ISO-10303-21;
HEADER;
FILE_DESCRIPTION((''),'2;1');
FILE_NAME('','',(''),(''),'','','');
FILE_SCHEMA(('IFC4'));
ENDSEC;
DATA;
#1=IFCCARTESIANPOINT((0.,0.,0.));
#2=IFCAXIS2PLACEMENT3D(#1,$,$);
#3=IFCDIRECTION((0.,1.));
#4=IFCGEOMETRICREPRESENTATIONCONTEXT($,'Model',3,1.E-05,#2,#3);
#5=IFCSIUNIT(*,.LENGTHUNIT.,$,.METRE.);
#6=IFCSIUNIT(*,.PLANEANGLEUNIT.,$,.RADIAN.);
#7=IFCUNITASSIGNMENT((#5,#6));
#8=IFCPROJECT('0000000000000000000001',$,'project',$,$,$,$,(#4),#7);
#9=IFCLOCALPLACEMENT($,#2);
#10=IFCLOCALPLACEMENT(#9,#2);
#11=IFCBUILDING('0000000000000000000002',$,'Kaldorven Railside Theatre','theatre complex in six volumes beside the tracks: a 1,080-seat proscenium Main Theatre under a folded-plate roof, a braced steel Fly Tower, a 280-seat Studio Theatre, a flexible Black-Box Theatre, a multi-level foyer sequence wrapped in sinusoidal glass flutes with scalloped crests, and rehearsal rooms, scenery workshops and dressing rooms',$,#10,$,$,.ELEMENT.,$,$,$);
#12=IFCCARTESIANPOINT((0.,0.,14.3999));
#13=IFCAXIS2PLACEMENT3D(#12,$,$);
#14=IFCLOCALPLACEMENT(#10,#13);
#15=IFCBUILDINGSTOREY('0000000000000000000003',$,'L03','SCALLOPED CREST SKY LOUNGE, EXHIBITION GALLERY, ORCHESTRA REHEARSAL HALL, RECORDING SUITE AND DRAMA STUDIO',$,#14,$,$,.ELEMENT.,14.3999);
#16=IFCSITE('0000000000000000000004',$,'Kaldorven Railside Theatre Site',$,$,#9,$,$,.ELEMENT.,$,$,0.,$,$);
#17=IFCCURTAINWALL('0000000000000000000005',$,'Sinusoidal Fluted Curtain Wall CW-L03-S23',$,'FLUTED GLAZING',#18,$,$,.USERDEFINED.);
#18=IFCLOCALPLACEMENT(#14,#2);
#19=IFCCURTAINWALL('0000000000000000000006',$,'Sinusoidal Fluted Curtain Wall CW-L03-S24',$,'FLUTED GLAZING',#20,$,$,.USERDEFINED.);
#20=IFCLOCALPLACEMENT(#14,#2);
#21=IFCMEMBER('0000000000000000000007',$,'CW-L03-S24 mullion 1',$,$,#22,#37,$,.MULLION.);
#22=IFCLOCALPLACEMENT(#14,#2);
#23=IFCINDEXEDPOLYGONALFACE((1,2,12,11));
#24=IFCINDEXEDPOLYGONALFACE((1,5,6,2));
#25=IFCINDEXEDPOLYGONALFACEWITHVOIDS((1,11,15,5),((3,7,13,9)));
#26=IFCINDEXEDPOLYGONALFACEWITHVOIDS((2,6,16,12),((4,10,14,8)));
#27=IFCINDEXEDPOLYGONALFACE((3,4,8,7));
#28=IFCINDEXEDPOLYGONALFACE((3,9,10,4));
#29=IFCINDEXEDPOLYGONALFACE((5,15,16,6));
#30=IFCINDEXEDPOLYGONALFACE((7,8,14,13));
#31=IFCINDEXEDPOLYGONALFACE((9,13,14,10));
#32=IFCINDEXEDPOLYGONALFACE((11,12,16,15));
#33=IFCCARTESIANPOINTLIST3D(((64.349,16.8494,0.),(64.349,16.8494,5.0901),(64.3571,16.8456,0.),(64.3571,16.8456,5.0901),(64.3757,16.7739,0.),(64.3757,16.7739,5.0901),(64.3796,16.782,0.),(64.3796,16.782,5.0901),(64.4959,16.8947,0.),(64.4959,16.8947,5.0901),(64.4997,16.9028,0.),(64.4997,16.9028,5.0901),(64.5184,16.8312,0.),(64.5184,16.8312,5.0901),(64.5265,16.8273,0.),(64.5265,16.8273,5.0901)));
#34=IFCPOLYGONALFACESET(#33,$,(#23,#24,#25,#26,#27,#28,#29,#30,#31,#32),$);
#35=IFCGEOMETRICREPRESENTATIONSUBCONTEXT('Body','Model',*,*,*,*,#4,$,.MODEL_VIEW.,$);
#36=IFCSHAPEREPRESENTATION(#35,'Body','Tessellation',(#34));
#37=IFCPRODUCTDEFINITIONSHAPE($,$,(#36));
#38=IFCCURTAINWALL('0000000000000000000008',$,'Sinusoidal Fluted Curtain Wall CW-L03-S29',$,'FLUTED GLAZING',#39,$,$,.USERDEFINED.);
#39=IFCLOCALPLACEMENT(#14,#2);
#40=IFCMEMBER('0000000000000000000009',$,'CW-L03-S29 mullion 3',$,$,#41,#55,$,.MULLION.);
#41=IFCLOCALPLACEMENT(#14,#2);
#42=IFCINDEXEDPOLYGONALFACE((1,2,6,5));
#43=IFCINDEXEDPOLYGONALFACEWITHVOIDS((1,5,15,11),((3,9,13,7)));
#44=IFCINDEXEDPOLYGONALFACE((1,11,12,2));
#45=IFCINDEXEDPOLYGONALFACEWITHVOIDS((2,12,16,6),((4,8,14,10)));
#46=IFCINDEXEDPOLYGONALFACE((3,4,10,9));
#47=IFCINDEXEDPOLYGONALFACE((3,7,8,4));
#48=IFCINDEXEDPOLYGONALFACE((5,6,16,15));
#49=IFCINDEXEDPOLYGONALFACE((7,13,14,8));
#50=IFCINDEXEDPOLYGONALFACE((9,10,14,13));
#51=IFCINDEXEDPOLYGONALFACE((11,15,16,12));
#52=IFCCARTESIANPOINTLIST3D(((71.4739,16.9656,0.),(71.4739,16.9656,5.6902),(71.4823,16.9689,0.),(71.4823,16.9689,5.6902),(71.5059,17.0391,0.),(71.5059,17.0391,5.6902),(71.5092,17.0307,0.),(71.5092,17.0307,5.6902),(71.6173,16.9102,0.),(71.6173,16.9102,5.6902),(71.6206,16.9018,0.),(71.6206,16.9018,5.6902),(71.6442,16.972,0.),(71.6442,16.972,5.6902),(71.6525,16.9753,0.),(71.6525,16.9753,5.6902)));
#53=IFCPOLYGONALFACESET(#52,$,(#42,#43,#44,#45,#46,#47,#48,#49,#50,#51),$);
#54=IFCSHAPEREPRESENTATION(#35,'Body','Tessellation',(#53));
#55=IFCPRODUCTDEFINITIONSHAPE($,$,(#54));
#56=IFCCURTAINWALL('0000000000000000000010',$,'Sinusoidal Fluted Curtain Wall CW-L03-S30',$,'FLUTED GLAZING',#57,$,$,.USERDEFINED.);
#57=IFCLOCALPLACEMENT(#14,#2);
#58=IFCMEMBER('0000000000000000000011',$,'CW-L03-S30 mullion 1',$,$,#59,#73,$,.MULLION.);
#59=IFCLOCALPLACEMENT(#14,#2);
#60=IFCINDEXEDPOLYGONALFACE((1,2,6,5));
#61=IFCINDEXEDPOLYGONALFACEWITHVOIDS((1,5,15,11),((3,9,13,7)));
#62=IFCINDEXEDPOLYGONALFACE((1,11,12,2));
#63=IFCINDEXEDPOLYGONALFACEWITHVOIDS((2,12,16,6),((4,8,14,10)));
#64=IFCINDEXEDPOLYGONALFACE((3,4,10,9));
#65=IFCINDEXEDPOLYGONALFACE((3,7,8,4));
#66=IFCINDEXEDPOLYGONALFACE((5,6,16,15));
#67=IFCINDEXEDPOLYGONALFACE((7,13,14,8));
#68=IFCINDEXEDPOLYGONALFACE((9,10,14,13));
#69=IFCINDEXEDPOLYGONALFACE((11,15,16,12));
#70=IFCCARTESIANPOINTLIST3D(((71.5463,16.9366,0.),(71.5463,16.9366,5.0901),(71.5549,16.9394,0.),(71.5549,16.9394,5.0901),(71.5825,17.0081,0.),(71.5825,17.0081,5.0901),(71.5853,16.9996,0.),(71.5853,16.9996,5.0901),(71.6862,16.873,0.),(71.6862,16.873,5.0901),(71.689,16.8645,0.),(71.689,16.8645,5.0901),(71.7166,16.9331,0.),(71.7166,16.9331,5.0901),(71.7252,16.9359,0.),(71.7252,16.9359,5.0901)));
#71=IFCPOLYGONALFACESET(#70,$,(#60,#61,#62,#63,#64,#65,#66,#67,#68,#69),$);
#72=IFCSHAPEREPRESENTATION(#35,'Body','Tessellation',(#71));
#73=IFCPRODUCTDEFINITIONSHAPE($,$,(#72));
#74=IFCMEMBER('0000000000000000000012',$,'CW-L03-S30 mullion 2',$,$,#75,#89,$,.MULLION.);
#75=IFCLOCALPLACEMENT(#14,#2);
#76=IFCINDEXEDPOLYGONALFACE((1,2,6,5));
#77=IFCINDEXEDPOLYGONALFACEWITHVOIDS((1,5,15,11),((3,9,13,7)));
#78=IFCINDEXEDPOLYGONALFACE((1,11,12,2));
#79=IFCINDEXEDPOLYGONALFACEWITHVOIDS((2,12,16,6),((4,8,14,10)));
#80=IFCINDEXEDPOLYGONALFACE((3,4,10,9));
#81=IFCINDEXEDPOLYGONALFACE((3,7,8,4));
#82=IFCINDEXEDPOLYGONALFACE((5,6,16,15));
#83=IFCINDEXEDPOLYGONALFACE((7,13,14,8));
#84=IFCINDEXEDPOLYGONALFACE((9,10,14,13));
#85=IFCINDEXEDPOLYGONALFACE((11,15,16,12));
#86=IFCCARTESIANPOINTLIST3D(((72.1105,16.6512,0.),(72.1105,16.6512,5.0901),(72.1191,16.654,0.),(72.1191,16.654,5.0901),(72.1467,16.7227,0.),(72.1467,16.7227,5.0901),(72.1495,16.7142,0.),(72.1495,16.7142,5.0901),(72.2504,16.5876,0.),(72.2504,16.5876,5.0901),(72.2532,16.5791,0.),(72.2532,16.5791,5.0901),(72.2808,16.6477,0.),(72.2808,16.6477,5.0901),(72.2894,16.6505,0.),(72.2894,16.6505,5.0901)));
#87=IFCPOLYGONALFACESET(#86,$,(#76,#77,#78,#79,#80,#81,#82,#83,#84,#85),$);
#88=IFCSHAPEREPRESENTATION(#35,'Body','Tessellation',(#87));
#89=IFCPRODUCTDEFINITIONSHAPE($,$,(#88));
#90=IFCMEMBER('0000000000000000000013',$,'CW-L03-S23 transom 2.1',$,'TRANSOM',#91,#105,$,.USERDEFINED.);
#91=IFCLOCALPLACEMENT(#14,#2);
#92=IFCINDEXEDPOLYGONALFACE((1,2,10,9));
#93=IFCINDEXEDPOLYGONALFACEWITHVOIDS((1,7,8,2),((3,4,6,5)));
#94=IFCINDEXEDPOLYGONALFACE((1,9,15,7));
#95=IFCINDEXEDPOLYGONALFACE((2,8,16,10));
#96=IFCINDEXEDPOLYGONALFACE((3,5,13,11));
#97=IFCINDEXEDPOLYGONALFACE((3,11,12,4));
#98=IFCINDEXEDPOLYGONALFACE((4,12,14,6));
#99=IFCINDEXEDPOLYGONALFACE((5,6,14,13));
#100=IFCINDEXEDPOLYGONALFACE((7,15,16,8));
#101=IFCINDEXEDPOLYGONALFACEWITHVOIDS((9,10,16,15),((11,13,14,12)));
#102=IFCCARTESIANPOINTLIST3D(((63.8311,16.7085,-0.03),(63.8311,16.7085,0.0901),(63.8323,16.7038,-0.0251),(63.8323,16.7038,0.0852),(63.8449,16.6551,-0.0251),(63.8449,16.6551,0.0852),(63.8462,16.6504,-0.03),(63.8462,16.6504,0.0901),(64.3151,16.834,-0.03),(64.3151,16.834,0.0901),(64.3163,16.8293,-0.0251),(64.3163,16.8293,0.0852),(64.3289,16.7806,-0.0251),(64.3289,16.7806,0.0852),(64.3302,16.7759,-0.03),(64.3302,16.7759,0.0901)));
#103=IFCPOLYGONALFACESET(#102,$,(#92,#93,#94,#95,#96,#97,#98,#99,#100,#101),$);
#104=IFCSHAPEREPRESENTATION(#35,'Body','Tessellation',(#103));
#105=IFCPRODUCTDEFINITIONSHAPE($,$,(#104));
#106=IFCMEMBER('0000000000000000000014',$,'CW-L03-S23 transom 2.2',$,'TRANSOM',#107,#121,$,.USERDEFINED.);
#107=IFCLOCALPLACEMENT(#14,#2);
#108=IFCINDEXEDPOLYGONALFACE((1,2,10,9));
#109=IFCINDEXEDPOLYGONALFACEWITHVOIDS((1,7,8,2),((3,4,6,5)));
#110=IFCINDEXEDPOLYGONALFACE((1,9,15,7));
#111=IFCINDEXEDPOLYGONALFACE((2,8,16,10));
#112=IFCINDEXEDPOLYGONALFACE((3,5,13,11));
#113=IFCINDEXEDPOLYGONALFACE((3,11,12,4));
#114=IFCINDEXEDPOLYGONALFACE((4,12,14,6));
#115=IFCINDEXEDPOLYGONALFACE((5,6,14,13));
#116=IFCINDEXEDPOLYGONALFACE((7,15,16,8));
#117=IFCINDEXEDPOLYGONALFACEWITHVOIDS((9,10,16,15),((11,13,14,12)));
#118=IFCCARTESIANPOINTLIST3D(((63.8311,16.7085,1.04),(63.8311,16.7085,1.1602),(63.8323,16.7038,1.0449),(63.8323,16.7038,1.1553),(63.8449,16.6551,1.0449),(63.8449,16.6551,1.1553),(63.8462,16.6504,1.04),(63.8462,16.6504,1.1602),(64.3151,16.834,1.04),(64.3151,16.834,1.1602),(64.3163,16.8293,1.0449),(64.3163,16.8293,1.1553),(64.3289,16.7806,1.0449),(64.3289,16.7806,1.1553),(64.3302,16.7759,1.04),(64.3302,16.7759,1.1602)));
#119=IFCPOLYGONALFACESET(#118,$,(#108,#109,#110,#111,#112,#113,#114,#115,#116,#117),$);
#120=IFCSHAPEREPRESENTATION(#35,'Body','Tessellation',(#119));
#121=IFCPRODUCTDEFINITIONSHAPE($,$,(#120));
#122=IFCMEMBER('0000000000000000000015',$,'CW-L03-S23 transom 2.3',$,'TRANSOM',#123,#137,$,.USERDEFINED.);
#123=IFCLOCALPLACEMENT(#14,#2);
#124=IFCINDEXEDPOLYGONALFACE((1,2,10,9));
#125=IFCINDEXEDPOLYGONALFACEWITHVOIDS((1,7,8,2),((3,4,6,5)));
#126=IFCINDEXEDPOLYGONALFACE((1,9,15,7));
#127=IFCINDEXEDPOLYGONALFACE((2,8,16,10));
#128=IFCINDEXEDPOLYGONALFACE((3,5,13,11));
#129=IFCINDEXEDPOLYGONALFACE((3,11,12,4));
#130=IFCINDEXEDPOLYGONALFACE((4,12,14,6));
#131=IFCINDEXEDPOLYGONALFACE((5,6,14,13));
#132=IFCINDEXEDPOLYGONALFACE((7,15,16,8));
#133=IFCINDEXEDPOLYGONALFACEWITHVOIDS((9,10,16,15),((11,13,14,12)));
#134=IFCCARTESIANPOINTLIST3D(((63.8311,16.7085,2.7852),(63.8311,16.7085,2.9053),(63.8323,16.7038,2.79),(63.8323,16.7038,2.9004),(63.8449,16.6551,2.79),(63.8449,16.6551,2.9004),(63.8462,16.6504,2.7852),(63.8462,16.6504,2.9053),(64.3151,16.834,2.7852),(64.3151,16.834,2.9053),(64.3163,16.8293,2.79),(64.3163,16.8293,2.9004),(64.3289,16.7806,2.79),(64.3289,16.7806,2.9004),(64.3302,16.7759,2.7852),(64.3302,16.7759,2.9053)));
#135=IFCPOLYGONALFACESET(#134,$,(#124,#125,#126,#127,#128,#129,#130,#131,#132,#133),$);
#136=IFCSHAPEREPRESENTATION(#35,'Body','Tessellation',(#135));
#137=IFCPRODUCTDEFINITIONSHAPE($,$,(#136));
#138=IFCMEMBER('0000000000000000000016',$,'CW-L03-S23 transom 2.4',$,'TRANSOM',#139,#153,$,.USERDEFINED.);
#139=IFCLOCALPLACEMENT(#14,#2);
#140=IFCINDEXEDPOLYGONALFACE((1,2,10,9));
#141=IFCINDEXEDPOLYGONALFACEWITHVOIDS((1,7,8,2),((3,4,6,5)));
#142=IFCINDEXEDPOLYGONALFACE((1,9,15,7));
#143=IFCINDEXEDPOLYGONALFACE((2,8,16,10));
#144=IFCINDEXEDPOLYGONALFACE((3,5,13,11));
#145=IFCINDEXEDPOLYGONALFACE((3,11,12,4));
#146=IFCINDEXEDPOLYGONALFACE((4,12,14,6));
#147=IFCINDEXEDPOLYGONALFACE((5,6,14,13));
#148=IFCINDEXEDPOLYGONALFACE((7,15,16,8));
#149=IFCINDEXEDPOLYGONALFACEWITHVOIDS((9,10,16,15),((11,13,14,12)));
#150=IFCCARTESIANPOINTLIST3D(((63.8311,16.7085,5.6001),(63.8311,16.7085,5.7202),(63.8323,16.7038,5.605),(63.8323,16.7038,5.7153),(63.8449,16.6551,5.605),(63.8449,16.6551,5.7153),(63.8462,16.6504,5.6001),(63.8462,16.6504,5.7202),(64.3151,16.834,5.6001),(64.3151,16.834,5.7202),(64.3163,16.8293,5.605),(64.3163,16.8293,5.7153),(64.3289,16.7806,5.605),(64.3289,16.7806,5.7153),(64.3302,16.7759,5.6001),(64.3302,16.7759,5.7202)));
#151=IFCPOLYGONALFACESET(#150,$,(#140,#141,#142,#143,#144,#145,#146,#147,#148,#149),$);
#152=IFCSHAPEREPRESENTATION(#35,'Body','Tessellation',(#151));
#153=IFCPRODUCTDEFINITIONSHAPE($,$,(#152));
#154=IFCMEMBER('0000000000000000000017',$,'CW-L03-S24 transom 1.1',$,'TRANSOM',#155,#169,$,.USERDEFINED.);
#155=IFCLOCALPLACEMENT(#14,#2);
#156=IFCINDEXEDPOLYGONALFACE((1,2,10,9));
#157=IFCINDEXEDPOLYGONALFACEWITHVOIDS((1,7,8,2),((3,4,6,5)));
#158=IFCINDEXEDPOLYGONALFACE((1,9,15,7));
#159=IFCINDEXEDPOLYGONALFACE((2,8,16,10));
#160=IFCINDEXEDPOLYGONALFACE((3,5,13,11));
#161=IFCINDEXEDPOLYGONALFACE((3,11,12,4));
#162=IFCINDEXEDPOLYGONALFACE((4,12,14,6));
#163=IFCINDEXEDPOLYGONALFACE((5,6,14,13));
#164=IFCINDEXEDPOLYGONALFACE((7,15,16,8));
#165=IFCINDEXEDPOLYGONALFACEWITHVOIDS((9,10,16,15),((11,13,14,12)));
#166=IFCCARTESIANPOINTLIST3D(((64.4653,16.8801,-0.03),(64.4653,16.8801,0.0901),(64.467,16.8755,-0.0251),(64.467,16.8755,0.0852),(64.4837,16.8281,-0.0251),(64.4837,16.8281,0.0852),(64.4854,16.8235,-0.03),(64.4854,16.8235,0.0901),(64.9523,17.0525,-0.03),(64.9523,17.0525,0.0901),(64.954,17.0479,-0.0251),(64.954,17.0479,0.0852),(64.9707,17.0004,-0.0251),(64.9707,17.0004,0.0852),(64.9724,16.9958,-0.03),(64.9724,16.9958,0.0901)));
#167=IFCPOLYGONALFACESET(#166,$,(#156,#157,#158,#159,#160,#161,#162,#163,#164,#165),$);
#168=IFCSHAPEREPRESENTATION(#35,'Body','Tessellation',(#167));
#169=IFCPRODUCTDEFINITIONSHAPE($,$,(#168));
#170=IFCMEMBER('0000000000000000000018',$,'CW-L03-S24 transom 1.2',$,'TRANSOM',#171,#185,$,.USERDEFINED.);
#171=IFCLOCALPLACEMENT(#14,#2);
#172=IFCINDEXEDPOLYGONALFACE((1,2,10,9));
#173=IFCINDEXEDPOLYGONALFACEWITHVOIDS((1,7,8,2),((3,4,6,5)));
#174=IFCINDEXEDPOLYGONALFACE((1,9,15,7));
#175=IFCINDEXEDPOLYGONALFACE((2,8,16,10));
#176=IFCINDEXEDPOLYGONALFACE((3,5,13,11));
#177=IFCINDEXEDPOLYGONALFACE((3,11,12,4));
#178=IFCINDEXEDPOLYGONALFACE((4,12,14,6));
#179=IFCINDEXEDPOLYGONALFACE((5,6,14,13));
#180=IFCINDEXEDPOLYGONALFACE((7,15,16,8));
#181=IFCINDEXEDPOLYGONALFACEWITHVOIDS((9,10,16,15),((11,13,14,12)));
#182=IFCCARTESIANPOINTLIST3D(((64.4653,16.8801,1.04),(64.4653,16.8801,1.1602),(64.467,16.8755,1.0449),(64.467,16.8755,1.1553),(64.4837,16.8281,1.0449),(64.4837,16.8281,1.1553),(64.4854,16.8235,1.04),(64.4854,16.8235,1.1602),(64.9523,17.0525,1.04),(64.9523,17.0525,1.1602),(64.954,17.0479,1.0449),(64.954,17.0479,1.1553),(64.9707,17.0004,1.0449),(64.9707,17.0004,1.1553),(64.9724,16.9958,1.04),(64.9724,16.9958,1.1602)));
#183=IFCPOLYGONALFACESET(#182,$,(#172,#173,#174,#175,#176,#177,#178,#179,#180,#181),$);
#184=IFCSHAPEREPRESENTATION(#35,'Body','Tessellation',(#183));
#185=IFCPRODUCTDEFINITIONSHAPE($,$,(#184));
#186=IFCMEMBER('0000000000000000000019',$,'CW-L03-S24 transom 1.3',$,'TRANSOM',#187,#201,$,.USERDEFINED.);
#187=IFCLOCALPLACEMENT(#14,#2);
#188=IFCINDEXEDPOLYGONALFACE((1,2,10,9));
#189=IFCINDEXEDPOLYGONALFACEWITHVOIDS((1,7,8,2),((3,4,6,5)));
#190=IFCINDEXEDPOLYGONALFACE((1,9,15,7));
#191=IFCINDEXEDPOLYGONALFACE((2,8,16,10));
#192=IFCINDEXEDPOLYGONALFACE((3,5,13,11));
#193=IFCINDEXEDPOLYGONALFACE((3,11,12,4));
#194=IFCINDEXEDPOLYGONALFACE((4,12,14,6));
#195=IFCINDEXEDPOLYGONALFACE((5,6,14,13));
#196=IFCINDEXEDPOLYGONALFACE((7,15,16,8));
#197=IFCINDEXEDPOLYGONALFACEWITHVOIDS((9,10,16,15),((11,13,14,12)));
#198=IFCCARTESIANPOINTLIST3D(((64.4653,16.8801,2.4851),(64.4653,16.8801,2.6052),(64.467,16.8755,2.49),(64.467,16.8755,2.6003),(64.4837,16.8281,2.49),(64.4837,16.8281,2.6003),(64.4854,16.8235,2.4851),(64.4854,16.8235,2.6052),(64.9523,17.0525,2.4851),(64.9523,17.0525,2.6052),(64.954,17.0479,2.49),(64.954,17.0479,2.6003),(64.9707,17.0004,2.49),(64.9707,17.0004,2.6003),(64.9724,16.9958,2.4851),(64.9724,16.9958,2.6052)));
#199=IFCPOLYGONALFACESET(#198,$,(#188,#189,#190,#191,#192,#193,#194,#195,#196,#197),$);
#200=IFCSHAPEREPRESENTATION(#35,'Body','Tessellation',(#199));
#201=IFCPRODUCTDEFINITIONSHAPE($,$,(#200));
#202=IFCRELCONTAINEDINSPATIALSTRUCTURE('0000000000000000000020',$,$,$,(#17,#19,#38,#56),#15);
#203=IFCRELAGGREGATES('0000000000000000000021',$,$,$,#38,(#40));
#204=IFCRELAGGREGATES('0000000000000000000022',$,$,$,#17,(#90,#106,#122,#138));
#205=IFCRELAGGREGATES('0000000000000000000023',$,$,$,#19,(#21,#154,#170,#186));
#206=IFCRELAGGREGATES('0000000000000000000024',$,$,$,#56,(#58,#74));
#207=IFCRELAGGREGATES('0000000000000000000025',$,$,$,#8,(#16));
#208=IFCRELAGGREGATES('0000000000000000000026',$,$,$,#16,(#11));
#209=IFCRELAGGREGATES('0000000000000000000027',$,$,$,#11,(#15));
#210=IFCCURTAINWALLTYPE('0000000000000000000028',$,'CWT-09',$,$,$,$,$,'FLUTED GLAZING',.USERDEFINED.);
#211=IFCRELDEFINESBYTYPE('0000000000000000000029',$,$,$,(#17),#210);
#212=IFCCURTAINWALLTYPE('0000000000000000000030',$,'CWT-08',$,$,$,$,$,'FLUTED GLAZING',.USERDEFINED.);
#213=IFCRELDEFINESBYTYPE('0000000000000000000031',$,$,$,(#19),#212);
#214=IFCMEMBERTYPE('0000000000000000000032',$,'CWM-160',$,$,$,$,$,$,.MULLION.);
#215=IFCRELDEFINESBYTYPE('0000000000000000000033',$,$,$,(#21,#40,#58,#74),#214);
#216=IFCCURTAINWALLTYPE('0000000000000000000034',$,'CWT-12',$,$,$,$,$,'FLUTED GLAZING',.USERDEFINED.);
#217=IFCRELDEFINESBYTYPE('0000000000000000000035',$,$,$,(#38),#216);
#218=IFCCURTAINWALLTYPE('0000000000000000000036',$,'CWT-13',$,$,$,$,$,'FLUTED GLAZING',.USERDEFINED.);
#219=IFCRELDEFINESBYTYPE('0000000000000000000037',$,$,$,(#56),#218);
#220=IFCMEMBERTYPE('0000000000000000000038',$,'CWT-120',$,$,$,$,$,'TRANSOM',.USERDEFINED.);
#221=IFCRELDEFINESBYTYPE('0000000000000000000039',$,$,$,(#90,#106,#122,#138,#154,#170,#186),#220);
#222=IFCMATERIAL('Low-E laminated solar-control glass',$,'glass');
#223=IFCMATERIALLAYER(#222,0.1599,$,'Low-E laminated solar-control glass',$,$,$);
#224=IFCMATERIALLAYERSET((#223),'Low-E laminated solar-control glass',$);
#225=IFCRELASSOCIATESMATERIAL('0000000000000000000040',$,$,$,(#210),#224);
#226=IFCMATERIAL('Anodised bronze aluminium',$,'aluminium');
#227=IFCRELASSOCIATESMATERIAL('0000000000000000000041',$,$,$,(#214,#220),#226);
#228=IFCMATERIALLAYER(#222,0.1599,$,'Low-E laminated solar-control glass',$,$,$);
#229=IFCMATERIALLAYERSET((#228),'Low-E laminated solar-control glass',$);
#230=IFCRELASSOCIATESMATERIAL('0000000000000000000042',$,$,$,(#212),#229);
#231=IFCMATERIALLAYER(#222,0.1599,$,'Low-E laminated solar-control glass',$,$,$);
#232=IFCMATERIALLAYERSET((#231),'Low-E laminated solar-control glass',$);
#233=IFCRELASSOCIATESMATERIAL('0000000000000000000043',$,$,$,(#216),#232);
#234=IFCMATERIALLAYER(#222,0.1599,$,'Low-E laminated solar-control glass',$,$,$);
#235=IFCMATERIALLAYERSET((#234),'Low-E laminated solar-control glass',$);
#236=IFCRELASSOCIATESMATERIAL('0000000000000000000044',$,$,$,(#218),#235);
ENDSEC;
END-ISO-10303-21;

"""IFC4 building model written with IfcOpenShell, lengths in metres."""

from ifc_helpers import new_model, si_unit, direction, frame, origin, origin_2d, place, context, subcontext, project, spatial, hollow_rectangle, extrude, material, layer, layer_set, material_profile, profile_set, type_object, element, aggregate, save


model = new_model("IFC4")

# Units and contexts
model_context = context("Model", 3, precision=1e-05, world=origin(), true_north=direction((0.0, 1.0)))
body_context = subcontext(model_context, "Body", "Model", "MODEL_VIEW")
ifc_project = project(units=[si_unit("LENGTHUNIT", "METRE"), si_unit("PLANEANGLEUNIT", "RADIAN")], contexts=[model_context])

# Site, building, storey
site_placement = place(None, origin())
site = spatial("IfcSite", under=ifc_project, at=site_placement, Name="Kaldorven Railside Theatre Site", CompositionType="ELEMENT", RefElevation=0.0)
building_placement = place(site_placement, origin())
building = spatial("IfcBuilding", under=site, at=building_placement, Name="Kaldorven Railside Theatre", Description="theatre complex in six volumes beside the tracks: a 1,080-seat proscenium Main Theatre under a folded-plate roof, a braced steel Fly Tower, a 280-seat Studio Theatre, a flexible Black-Box Theatre, a multi-level foyer sequence wrapped in sinusoidal glass flutes with scalloped crests, and rehearsal rooms, scenery workshops and dressing rooms", CompositionType="ELEMENT")
storey_placement = place(building_placement, frame((0.0, 0.0, 14.3999)))
storey = spatial("IfcBuildingStorey", under=building, at=storey_placement, Name="L03", Description="SCALLOPED CREST SKY LOUNGE, EXHIBITION GALLERY, ORCHESTRA REHEARSAL HALL, RECORDING SUITE AND DRAMA STUDIO", CompositionType="ELEMENT", Elevation=14.3999)

# Curtain walls, members
ifc_material_1 = material(Name="Low-E laminated solar-control glass", Category="glass")
ifc_layer_1 = layer(ifc_material_1, 0.1599, Name="Low-E laminated solar-control glass")
ifc_layer_set_1 = layer_set([ifc_layer_1], Name="Low-E laminated solar-control glass")
curtain_wall_type_1 = type_object("IfcCurtainWallType", Name="CWT-09", ElementType="FLUTED GLAZING", PredefinedType="USERDEFINED", material=ifc_layer_set_1)
curtain_wall_1_placement = place(storey_placement, origin())
curtain_wall_1 = element("IfcCurtainWall", 1, at=curtain_wall_1_placement, inside=storey, type_object=curtain_wall_type_1, Name="Sinusoidal Fluted Curtain Wall CW-L03-S23", ObjectType="FLUTED GLAZING", PredefinedType="USERDEFINED")
ifc_material_2 = material(Name="Anodised bronze aluminium", Category="aluminium")
ifc_material_profile_1 = material_profile(ifc_material_2, hollow_rectangle(XDim=0.0801, YDim=0.1599, WallThickness=0.0063, at=origin_2d()), Name="RHS 160x80x6.3")
ifc_profile_set_1 = profile_set([ifc_material_profile_1], Name="Anodised bronze aluminium")
member_type_1 = type_object("IfcMemberType", Name="CWM-160", PredefinedType="MULLION", material=ifc_profile_set_1)
ifc_layer_2 = layer(ifc_material_1, 0.1599, Name="Low-E laminated solar-control glass")
ifc_layer_set_2 = layer_set([ifc_layer_2], Name="Low-E laminated solar-control glass")
curtain_wall_type_2 = type_object("IfcCurtainWallType", Name="CWT-08", ElementType="FLUTED GLAZING", PredefinedType="USERDEFINED", material=ifc_layer_set_2)
curtain_wall_2_placement = place(storey_placement, origin())
curtain_wall_2 = element("IfcCurtainWall", 2, at=curtain_wall_2_placement, inside=storey, type_object=curtain_wall_type_2, Name="Sinusoidal Fluted Curtain Wall CW-L03-S24", ObjectType="FLUTED GLAZING", PredefinedType="USERDEFINED")
member_1_placement = place(storey_placement, frame((64.4377, 16.8384, 0.0), z_axis=(0.0, 0.0, 1.0), x_axis=(-0.333847, 0.942627, 0.0)))
member_1 = element("IfcMember", 3, at=member_1_placement, type_object=member_type_1, Name="CW-L03-S24 mullion 1", PredefinedType="MULLION", context=body_context, shape_type="SweptSolid", body=[
    extrude(hollow_rectangle(XDim=0.0801, YDim=0.1599, WallThickness=0.0063, at=origin_2d()), origin(), (0.0, 0.0, 1.0), 5.0901),
])
ifc_layer_3 = layer(ifc_material_1, 0.1599, Name="Low-E laminated solar-control glass")
ifc_layer_set_3 = layer_set([ifc_layer_3], Name="Low-E laminated solar-control glass")
curtain_wall_type_3 = type_object("IfcCurtainWallType", Name="CWT-12", ElementType="FLUTED GLAZING", PredefinedType="USERDEFINED", material=ifc_layer_set_3)
curtain_wall_3_placement = place(storey_placement, origin())
curtain_wall_3 = element("IfcCurtainWall", 4, at=curtain_wall_3_placement, inside=storey, type_object=curtain_wall_type_3, Name="Sinusoidal Fluted Curtain Wall CW-L03-S29", ObjectType="FLUTED GLAZING", PredefinedType="USERDEFINED")
member_2_placement = place(storey_placement, frame((71.5632, 16.9705, 0.0), z_axis=(0.0, 0.0, 1.0), x_axis=(0.398894, 0.916997, 0.0)))
member_2 = element("IfcMember", 5, at=member_2_placement, type_object=member_type_1, Name="CW-L03-S29 mullion 3", PredefinedType="MULLION", context=body_context, shape_type="SweptSolid", body=[
    extrude(hollow_rectangle(XDim=0.0801, YDim=0.1599, WallThickness=0.0063, at=origin_2d()), origin(), (0.0, 0.0, 1.0), 5.6902),
])
aggregate(curtain_wall_3, [member_2])

# Curtain wall, members
ifc_layer_4 = layer(ifc_material_1, 0.1599, Name="Low-E laminated solar-control glass")
ifc_layer_set_4 = layer_set([ifc_layer_4], Name="Low-E laminated solar-control glass")
curtain_wall_type_4 = type_object("IfcCurtainWallType", Name="CWT-13", ElementType="FLUTED GLAZING", PredefinedType="USERDEFINED", material=ifc_layer_set_4)
curtain_wall_4_placement = place(storey_placement, origin())
curtain_wall_4 = element("IfcCurtainWall", 6, at=curtain_wall_4_placement, inside=storey, type_object=curtain_wall_type_4, Name="Sinusoidal Fluted Curtain Wall CW-L03-S30", ObjectType="FLUTED GLAZING", PredefinedType="USERDEFINED")
member_3_placement = place(storey_placement, frame((71.6357, 16.9363, 0.0), z_axis=(0.0, 0.0, 1.0), x_axis=(0.451432, 0.892305, 0.0)))
member_3 = element("IfcMember", 7, at=member_3_placement, type_object=member_type_1, Name="CW-L03-S30 mullion 1", PredefinedType="MULLION", context=body_context, shape_type="SweptSolid", body=[
    extrude(hollow_rectangle(XDim=0.0801, YDim=0.1599, WallThickness=0.0063, at=origin_2d()), origin(), (0.0, 0.0, 1.0), 5.0901),
])
member_4_placement = place(storey_placement, frame((72.2, 16.6509, 0.0), z_axis=(0.0, 0.0, 1.0), x_axis=(0.451432, 0.892305, 0.0)))
member_4 = element("IfcMember", 8, at=member_4_placement, type_object=member_type_1, Name="CW-L03-S30 mullion 2", PredefinedType="MULLION", context=body_context, shape_type="SweptSolid", body=[
    extrude(hollow_rectangle(XDim=0.0801, YDim=0.1599, WallThickness=0.0063, at=origin_2d()), origin(), (0.0, 0.0, 1.0), 5.0901),
])

# Members
ifc_material_profile_2 = material_profile(ifc_material_2, hollow_rectangle(XDim=0.0601, YDim=0.1201, WallThickness=0.0049, at=origin_2d()), Name="RHS 120x60x5")
ifc_profile_set_2 = profile_set([ifc_material_profile_2], Name="Anodised bronze aluminium")
member_type_2 = type_object("IfcMemberType", Name="CWT-120", ElementType="TRANSOM", PredefinedType="USERDEFINED", material=ifc_profile_set_2)
member_5_placement = place(storey_placement, frame((63.8386, 16.6794, 0.03), z_axis=(0.967979, 0.25103, 0.0), x_axis=(-0.25103, 0.967979, 0.0)))
member_5 = element("IfcMember", 9, at=member_5_placement, type_object=member_type_2, Name="CW-L03-S23 transom 2.1", ObjectType="TRANSOM", PredefinedType="USERDEFINED", context=body_context, shape_type="SweptSolid", body=[
    extrude(hollow_rectangle(XDim=0.0601, YDim=0.1201, WallThickness=0.0049, at=origin_2d()), origin(), (0.0, 0.0, 1.0), 0.5),
])
member_6_placement = place(storey_placement, frame((63.8386, 16.6794, 1.1001), z_axis=(0.967979, 0.25103, 0.0), x_axis=(-0.25103, 0.967979, 0.0)))
member_6 = element("IfcMember", 10, at=member_6_placement, type_object=member_type_2, Name="CW-L03-S23 transom 2.2", ObjectType="TRANSOM", PredefinedType="USERDEFINED", context=body_context, shape_type="SweptSolid", body=[
    extrude(hollow_rectangle(XDim=0.0601, YDim=0.1201, WallThickness=0.0049, at=origin_2d()), origin(), (0.0, 0.0, 1.0), 0.5),
])
member_7_placement = place(storey_placement, frame((63.8386, 16.6794, 2.8452), z_axis=(0.967979, 0.25103, 0.0), x_axis=(-0.25103, 0.967979, 0.0)))
member_7 = element("IfcMember", 11, at=member_7_placement, type_object=member_type_2, Name="CW-L03-S23 transom 2.3", ObjectType="TRANSOM", PredefinedType="USERDEFINED", context=body_context, shape_type="SweptSolid", body=[
    extrude(hollow_rectangle(XDim=0.0601, YDim=0.1201, WallThickness=0.0049, at=origin_2d()), origin(), (0.0, 0.0, 1.0), 0.5),
])
member_8_placement = place(storey_placement, frame((63.8386, 16.6794, 5.6602), z_axis=(0.967979, 0.25103, 0.0), x_axis=(-0.25103, 0.967979, 0.0)))
member_8 = element("IfcMember", 12, at=member_8_placement, type_object=member_type_2, Name="CW-L03-S23 transom 2.4", ObjectType="TRANSOM", PredefinedType="USERDEFINED", context=body_context, shape_type="SweptSolid", body=[
    extrude(hollow_rectangle(XDim=0.0601, YDim=0.1201, WallThickness=0.0049, at=origin_2d()), origin(), (0.0, 0.0, 1.0), 0.5),
])
member_9_placement = place(storey_placement, frame((64.4753, 16.8518, 0.03), z_axis=(0.942711, 0.333611, 0.0), x_axis=(-0.333611, 0.942711, 0.0)))
member_9 = element("IfcMember", 13, at=member_9_placement, type_object=member_type_2, Name="CW-L03-S24 transom 1.1", ObjectType="TRANSOM", PredefinedType="USERDEFINED", context=body_context, shape_type="SweptSolid", body=[
    extrude(hollow_rectangle(XDim=0.0601, YDim=0.1201, WallThickness=0.0049, at=origin_2d()), origin(), (0.0, 0.0, 1.0), 0.5166),
])
member_10_placement = place(storey_placement, frame((64.4753, 16.8518, 1.1001), z_axis=(0.942711, 0.333611, 0.0), x_axis=(-0.333611, 0.942711, 0.0)))
member_10 = element("IfcMember", 14, at=member_10_placement, type_object=member_type_2, Name="CW-L03-S24 transom 1.2", ObjectType="TRANSOM", PredefinedType="USERDEFINED", context=body_context, shape_type="SweptSolid", body=[
    extrude(hollow_rectangle(XDim=0.0601, YDim=0.1201, WallThickness=0.0049, at=origin_2d()), origin(), (0.0, 0.0, 1.0), 0.5166),
])
member_11_placement = place(storey_placement, frame((64.4753, 16.8518, 2.5452), z_axis=(0.942711, 0.333611, 0.0), x_axis=(-0.333611, 0.942711, 0.0)))
member_11 = element("IfcMember", 15, at=member_11_placement, type_object=member_type_2, Name="CW-L03-S24 transom 1.3", ObjectType="TRANSOM", PredefinedType="USERDEFINED", context=body_context, shape_type="SweptSolid", body=[
    extrude(hollow_rectangle(XDim=0.0601, YDim=0.1201, WallThickness=0.0049, at=origin_2d()), origin(), (0.0, 0.0, 1.0), 0.5166),
])

aggregate(curtain_wall_1, [member_5, member_6, member_7, member_8])
aggregate(curtain_wall_2, [member_1, member_9, member_10, member_11])
aggregate(curtain_wall_4, [member_3, member_4])

save(model, "model.ifc")
